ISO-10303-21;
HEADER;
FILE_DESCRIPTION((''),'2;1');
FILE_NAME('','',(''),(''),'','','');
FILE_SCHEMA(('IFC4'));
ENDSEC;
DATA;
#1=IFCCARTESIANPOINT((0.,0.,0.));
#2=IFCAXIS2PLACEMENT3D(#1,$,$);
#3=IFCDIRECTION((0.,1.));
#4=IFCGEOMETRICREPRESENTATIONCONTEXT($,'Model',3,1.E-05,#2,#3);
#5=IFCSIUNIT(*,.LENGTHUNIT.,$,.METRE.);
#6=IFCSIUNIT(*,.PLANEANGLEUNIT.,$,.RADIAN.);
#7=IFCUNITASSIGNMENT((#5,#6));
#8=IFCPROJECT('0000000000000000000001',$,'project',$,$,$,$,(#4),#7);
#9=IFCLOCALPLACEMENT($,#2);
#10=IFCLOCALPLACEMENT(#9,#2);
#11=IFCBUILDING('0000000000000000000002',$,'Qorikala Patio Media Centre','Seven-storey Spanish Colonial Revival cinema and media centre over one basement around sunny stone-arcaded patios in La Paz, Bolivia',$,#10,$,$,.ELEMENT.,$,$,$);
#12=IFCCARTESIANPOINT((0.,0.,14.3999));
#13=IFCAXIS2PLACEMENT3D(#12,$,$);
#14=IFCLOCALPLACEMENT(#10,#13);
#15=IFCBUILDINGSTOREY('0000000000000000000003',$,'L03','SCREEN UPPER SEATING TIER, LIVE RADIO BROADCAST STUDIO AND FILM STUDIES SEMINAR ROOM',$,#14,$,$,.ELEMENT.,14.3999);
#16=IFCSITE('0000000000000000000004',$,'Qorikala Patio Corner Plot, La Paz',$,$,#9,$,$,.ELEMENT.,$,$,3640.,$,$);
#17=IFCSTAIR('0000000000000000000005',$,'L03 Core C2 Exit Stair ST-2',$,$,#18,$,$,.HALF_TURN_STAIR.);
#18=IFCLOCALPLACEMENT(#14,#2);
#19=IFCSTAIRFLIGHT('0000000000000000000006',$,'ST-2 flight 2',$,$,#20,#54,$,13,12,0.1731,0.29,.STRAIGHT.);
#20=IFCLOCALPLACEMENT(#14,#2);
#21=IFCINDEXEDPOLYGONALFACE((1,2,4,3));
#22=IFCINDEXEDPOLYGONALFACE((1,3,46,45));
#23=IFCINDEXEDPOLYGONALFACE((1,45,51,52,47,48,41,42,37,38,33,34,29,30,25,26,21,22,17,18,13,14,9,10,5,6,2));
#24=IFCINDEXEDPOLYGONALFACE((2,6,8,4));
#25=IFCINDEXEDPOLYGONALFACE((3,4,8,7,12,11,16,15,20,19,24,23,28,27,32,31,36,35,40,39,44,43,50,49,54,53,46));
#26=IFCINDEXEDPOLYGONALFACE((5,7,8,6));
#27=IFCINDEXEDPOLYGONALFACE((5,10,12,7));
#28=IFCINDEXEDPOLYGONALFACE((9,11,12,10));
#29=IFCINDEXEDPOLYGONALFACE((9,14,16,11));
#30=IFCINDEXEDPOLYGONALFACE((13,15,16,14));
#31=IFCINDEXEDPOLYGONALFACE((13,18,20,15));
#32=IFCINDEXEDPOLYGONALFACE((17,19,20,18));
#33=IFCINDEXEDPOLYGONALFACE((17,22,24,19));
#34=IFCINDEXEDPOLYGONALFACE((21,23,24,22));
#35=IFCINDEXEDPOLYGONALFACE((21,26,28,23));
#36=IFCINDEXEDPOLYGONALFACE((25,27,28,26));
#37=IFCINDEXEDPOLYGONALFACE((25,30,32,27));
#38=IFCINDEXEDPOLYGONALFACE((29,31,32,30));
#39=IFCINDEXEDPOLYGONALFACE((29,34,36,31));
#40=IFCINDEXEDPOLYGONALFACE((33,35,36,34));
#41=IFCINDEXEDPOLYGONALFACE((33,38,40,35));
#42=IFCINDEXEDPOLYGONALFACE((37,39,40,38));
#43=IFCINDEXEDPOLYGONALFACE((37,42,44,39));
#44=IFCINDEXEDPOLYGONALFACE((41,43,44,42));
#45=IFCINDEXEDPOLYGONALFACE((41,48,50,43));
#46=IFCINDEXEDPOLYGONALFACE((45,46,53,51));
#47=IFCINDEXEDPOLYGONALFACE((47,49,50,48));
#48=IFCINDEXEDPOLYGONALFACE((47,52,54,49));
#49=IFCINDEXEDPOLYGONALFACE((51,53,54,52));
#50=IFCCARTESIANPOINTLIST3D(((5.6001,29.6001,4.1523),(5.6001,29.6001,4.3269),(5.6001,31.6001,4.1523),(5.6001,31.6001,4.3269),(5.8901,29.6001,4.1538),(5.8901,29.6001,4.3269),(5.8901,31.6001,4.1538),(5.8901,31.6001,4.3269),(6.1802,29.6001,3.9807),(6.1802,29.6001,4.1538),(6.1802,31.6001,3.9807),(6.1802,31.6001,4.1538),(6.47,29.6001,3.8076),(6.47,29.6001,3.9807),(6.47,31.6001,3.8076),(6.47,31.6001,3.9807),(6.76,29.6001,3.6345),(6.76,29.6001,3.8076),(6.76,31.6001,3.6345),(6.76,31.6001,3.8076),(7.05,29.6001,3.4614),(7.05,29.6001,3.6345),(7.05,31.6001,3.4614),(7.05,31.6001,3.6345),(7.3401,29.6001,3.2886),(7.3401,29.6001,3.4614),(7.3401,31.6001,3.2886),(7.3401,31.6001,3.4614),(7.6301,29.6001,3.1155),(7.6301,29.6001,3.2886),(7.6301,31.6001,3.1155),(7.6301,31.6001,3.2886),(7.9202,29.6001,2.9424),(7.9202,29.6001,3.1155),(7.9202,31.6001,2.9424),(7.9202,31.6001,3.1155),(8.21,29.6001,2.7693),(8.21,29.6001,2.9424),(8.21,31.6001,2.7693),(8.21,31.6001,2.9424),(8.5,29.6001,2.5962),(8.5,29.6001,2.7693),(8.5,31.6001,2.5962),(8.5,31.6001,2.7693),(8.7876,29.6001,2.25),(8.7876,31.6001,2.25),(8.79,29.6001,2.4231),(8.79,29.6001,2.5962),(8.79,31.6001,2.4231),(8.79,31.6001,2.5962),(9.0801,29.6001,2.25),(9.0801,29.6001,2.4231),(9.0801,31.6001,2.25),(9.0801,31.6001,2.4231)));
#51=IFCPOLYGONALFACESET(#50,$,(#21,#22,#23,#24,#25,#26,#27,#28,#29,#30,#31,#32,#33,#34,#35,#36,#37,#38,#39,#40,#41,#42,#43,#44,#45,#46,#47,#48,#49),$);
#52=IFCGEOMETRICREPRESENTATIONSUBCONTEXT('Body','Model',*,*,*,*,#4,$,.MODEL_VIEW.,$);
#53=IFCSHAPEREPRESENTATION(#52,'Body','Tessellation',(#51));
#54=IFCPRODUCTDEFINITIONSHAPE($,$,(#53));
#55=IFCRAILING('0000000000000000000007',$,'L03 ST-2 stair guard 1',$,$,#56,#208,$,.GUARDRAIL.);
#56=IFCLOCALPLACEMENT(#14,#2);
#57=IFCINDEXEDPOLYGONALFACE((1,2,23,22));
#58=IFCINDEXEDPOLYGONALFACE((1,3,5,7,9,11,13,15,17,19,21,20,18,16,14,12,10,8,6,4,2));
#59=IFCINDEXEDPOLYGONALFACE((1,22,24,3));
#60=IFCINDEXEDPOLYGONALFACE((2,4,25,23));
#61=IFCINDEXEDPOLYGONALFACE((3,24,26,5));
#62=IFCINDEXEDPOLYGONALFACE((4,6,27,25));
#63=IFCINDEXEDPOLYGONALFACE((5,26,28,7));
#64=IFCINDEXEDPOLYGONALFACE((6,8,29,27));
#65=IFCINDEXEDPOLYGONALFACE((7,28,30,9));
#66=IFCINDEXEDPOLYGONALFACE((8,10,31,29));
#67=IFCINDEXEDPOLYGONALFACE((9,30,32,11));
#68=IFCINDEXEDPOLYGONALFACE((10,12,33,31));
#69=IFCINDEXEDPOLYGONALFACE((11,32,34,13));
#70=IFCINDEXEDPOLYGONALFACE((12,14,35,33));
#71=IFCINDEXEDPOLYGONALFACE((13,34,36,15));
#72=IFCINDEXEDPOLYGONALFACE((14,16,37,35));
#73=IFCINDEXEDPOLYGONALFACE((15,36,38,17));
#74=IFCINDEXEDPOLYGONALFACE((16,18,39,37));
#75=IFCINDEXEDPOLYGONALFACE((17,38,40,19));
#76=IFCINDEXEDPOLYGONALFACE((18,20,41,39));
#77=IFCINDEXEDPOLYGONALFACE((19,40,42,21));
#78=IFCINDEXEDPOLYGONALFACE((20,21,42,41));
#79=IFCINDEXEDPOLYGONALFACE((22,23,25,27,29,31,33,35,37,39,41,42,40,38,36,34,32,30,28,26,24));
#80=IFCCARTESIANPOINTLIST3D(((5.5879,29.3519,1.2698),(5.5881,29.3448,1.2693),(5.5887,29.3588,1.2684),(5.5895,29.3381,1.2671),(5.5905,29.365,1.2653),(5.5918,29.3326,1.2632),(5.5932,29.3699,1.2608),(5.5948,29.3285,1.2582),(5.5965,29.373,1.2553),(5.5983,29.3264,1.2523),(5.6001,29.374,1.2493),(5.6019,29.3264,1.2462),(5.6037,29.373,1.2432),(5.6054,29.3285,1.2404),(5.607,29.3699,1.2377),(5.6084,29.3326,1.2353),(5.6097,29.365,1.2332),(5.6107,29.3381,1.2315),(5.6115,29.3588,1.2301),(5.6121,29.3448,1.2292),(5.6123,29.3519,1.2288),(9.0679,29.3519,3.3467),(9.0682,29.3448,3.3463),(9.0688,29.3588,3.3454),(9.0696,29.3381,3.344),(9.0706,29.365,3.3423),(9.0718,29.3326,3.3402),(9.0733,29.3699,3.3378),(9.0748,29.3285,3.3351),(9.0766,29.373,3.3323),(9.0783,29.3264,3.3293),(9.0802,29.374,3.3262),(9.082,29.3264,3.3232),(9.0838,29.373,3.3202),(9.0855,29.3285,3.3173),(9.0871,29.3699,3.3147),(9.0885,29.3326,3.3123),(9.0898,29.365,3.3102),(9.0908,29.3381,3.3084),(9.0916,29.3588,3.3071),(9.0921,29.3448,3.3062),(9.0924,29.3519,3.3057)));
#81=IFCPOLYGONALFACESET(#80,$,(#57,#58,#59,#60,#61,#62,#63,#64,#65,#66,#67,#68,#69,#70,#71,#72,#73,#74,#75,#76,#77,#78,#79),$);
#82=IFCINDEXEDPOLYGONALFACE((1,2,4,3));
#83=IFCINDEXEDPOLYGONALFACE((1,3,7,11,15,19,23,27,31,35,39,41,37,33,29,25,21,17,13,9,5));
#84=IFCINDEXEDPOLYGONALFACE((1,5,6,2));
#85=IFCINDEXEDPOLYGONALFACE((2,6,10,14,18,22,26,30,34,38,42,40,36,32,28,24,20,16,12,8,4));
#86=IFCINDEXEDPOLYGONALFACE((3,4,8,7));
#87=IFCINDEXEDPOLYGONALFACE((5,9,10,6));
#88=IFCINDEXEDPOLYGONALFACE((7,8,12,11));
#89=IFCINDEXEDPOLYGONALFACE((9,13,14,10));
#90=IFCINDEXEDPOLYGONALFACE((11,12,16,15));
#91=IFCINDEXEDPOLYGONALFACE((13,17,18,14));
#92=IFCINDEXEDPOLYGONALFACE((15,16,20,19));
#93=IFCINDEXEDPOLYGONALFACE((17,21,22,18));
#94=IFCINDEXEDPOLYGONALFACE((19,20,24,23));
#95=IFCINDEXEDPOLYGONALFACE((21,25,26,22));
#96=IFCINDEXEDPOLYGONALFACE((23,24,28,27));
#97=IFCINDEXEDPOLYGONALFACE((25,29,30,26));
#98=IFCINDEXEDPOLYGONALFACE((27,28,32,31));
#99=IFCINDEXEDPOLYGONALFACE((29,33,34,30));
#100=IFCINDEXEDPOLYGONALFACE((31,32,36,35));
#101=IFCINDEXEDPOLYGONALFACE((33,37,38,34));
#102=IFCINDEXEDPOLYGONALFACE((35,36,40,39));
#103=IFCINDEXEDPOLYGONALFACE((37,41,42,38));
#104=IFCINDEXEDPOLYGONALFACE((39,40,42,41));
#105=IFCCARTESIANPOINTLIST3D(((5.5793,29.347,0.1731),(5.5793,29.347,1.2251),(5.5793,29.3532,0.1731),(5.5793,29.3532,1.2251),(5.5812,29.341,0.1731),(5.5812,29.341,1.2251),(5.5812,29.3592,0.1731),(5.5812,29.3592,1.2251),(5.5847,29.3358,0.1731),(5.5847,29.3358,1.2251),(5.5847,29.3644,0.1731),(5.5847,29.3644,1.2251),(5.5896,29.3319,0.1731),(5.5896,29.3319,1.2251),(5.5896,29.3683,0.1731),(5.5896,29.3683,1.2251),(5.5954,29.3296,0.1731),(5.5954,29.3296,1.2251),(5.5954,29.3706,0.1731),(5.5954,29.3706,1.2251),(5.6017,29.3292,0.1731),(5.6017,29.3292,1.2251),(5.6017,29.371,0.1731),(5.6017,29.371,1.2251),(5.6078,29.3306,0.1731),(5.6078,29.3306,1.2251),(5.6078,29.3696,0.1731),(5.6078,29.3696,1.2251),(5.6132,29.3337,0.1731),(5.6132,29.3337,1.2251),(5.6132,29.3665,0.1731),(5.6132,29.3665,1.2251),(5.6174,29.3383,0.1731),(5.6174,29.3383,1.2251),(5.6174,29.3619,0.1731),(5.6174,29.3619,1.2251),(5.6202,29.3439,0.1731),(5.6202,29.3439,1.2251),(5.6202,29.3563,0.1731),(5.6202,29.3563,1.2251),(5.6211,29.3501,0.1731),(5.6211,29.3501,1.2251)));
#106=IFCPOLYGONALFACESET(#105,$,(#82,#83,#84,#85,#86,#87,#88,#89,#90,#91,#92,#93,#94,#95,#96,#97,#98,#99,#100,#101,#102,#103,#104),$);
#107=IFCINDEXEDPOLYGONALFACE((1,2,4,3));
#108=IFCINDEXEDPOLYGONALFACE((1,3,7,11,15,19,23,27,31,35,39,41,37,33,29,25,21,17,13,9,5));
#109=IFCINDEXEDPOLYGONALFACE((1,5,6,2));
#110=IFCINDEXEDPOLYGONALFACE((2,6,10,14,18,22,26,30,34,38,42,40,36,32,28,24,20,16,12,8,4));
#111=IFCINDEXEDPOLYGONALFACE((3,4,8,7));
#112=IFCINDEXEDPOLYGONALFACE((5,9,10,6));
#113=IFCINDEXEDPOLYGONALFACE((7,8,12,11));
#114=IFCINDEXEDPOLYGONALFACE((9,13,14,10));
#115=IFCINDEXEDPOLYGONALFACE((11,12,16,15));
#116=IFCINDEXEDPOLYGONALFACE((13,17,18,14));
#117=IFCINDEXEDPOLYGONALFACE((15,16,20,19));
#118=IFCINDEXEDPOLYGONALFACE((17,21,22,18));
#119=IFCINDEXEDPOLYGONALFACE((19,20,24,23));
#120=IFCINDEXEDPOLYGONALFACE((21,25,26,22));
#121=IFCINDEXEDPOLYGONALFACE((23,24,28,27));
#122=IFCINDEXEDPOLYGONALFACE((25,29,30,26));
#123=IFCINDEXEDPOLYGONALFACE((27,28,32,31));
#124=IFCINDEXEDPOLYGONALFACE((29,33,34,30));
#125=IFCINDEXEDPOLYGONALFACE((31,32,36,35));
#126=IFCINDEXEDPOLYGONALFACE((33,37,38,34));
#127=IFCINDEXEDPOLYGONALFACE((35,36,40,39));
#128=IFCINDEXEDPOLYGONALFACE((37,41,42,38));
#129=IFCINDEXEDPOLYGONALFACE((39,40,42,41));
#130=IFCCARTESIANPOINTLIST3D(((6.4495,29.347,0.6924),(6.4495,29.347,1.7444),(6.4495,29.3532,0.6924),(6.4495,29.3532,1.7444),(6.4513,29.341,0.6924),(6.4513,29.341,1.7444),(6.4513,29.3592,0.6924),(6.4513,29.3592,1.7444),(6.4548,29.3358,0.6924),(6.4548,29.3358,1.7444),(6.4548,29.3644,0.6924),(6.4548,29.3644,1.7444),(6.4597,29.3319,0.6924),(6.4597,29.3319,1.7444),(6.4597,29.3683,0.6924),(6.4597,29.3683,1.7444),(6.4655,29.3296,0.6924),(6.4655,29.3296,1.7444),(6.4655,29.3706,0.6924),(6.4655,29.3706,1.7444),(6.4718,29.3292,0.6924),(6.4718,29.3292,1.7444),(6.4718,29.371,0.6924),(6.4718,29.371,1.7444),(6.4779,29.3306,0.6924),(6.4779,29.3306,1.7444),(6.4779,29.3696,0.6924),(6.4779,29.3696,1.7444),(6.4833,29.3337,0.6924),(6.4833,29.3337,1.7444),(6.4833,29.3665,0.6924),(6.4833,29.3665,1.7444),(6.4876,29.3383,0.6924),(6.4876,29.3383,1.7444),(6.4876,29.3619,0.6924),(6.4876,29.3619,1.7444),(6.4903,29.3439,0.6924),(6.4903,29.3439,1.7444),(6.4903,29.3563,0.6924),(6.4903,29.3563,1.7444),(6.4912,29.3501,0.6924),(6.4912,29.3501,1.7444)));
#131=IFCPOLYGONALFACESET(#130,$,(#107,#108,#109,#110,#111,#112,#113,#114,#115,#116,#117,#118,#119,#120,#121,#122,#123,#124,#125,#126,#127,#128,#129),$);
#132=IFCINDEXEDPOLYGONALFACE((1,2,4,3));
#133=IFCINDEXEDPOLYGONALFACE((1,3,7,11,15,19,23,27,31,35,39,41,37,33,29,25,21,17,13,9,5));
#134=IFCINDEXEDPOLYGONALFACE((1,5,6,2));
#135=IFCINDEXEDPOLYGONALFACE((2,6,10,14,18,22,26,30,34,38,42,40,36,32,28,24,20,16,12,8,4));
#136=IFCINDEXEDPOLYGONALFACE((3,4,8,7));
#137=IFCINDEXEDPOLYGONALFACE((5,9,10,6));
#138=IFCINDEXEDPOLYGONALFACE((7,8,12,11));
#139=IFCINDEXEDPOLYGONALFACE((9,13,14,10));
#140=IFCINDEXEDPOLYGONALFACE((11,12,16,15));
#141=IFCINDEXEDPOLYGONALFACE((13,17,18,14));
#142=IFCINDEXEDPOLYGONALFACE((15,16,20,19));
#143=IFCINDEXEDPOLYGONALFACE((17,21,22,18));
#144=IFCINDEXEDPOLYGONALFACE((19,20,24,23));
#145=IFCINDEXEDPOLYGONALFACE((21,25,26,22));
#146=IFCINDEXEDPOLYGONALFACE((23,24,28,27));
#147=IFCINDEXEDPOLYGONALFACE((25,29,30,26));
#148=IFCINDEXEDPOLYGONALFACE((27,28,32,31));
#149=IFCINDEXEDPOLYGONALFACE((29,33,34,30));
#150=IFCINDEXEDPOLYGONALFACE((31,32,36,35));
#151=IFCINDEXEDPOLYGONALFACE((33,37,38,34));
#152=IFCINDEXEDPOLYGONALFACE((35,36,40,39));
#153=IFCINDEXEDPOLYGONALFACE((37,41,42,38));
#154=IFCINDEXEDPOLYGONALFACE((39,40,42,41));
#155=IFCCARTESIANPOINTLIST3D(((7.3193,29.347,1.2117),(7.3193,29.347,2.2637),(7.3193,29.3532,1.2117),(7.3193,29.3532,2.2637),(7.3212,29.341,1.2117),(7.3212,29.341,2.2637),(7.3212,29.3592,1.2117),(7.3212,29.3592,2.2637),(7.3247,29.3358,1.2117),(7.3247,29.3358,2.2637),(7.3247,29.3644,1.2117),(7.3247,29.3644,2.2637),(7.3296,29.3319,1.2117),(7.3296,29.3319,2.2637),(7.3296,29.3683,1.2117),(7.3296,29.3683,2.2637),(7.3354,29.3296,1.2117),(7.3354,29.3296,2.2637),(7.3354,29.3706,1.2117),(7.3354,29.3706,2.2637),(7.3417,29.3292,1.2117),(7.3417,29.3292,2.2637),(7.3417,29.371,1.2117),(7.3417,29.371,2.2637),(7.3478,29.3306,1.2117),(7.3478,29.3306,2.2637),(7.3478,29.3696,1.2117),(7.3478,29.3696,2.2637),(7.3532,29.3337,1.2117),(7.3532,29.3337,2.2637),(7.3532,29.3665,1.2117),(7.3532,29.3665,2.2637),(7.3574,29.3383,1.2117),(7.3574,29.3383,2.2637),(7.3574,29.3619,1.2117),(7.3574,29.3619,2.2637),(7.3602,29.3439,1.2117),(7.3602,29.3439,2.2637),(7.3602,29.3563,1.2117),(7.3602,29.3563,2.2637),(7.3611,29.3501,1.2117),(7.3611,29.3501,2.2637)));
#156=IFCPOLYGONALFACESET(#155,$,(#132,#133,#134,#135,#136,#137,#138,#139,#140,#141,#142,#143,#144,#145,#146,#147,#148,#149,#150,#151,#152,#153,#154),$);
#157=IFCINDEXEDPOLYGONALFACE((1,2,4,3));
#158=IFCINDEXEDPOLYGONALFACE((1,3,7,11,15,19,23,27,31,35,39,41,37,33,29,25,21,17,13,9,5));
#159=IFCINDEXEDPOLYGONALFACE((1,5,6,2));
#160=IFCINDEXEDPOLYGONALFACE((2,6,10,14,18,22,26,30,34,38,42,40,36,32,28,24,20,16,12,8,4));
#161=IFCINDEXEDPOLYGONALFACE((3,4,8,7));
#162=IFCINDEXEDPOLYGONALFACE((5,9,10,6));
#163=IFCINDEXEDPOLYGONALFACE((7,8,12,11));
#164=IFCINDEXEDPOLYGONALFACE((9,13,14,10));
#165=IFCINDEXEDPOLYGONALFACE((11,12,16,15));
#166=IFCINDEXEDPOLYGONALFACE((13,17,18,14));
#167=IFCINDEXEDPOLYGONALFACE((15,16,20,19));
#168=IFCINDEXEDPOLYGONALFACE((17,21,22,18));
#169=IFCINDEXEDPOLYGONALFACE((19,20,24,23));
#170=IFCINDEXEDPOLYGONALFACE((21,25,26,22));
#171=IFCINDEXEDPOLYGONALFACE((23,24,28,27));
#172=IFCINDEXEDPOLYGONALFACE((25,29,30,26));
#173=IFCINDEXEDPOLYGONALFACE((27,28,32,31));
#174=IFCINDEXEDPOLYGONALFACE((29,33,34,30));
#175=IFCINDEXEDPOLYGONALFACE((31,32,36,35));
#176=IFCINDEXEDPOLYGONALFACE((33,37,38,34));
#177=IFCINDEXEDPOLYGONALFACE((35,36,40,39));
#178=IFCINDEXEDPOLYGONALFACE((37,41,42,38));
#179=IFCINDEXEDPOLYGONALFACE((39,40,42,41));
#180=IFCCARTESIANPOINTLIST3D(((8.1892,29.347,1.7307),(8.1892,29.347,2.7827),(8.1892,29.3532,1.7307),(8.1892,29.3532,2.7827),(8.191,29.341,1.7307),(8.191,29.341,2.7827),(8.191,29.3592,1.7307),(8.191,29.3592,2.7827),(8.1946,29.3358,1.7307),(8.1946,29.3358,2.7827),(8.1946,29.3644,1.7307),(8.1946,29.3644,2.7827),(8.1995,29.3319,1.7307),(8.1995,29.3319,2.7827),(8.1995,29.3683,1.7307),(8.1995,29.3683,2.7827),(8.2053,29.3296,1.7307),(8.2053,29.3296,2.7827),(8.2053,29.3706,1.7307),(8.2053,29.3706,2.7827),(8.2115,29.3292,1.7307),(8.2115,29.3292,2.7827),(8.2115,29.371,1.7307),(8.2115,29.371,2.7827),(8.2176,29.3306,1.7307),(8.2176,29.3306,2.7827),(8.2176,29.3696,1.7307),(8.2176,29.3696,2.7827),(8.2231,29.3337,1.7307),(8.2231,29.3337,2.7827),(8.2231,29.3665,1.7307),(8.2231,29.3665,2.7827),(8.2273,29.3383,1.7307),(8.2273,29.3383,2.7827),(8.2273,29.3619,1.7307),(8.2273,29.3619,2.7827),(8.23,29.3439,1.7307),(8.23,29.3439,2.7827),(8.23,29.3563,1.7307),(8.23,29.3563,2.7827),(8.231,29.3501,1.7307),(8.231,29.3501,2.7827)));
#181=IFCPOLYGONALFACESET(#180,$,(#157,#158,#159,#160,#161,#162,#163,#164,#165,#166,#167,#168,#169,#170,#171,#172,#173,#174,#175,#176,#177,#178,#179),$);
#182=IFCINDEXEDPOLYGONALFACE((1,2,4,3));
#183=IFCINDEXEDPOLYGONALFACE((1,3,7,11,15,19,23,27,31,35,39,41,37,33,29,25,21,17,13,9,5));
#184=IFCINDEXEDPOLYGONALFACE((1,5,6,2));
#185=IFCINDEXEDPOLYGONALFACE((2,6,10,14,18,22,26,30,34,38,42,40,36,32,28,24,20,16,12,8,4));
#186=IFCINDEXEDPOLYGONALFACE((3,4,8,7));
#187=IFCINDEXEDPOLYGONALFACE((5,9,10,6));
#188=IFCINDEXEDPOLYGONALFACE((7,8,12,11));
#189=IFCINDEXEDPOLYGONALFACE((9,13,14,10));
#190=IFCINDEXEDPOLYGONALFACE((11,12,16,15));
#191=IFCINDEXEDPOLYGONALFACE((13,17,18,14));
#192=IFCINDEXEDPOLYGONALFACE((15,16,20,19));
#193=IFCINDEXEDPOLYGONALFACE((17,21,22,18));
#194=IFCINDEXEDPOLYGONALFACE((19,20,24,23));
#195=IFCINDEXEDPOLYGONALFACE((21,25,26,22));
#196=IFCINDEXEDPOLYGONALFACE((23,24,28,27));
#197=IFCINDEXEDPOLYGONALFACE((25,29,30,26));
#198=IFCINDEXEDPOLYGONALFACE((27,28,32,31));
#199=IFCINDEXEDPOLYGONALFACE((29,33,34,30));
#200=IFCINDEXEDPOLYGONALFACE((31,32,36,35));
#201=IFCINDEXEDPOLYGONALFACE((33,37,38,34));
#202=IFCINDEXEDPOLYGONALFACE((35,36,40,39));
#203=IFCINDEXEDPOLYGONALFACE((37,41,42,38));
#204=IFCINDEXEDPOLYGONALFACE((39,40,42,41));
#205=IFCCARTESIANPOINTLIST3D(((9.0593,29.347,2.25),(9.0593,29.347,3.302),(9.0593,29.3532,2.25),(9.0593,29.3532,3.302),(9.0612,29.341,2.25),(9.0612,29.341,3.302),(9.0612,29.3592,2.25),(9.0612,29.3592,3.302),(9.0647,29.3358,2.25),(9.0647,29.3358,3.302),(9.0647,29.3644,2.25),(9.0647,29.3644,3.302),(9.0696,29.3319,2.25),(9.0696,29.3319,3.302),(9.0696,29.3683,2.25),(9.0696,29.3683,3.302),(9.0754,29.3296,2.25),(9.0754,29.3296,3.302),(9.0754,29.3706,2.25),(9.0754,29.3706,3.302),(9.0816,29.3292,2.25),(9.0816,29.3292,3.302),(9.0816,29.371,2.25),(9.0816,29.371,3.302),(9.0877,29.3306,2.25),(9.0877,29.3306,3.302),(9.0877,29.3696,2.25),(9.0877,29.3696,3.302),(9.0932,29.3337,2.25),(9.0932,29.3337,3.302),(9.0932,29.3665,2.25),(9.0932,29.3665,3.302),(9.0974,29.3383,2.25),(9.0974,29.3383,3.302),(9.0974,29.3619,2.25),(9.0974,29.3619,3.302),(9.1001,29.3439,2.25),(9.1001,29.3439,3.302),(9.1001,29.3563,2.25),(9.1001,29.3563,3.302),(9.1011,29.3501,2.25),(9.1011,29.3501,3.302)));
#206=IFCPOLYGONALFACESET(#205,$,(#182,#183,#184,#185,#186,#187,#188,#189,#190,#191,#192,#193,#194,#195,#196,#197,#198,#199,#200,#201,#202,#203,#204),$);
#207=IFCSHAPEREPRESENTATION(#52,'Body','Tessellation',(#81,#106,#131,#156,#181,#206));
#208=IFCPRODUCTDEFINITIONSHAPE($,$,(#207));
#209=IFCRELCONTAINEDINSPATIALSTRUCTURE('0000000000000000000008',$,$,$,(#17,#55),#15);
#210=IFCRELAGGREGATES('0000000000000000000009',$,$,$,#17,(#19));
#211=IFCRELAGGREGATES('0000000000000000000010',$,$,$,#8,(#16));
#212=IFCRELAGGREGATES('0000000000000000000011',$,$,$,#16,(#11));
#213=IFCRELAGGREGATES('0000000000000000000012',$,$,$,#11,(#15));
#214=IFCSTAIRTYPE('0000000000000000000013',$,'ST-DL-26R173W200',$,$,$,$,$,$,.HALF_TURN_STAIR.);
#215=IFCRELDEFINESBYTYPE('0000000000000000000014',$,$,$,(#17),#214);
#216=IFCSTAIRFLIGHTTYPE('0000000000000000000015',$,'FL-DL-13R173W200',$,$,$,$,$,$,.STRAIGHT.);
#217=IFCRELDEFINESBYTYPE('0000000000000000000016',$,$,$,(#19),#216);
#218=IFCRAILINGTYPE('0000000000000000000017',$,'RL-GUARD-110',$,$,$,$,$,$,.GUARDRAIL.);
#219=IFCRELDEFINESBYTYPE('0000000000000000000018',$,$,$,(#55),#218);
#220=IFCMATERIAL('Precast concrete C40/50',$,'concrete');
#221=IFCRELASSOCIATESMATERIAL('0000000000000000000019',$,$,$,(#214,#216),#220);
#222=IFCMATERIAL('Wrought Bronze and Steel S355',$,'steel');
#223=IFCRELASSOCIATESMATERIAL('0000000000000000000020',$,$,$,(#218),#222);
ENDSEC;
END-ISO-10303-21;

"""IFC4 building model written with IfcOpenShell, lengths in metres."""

from ifc_helpers import new_model, si_unit, direction, frame, origin, origin_2d, place, context, subcontext, project, spatial, polyline, circle, outline, extrude, material, type_object, element, aggregate, save


model = new_model("IFC4")

# Units and contexts
model_context = context("Model", 3, precision=1e-05, world=origin(), true_north=direction((0.0, 1.0)))
body_context = subcontext(model_context, "Body", "Model", "MODEL_VIEW")
ifc_project = project(units=[si_unit("LENGTHUNIT", "METRE"), si_unit("PLANEANGLEUNIT", "RADIAN")], contexts=[model_context])

# Site, building, storey
site_placement = place(None, origin())
site = spatial("IfcSite", under=ifc_project, at=site_placement, Name="Qorikala Patio Corner Plot, La Paz", CompositionType="ELEMENT", RefElevation=3640.0)
building_placement = place(site_placement, origin())
building = spatial("IfcBuilding", under=site, at=building_placement, Name="Qorikala Patio Media Centre", Description="Seven-storey Spanish Colonial Revival cinema and media centre over one basement around sunny stone-arcaded patios in La Paz, Bolivia", CompositionType="ELEMENT")
storey_placement = place(building_placement, frame((0.0, 0.0, 14.3999)))
storey = spatial("IfcBuildingStorey", under=building, at=storey_placement, Name="L03", Description="SCREEN UPPER SEATING TIER, LIVE RADIO BROADCAST STUDIO AND FILM STUDIES SEMINAR ROOM", CompositionType="ELEMENT", Elevation=14.3999)

# Stair, stair flight
ifc_material_1 = material(Name="Precast concrete C40/50", Category="concrete")
stair_type = type_object("IfcStairType", Name="ST-DL-26R173W200", PredefinedType="HALF_TURN_STAIR", material=ifc_material_1)
stair_placement = place(storey_placement, origin())
stair = element("IfcStair", 1, at=stair_placement, inside=storey, type_object=stair_type, Name="L03 Core C2 Exit Stair ST-2", PredefinedType="HALF_TURN_STAIR")
stair_flight_type = type_object("IfcStairFlightType", Name="FL-DL-13R173W200", PredefinedType="STRAIGHT", material=ifc_material_1)
stair_flight_1_placement = place(storey_placement, frame((9.0801, 30.6001, 2.25), z_axis=(0.0, 0.0, 1.0), x_axis=(-1.0, 0.0, 0.0)))
stair_flight_1 = element("IfcStairFlight", 2, at=stair_flight_1_placement, type_object=stair_flight_type, Name="ST-2 flight 2", NumberOfRisers=13, NumberOfTreads=12, PredefinedType="STRAIGHT", RiserHeight=0.1731, TreadLength=0.29, context=body_context, shape_type="SweptSolid", body=[
    extrude(outline(polyline([(0.0, 0.0), (0.0, 0.1731), (0.29, 0.1731), (0.29, 0.3462), (0.5801, 0.3462), (0.5801, 0.5193), (0.8701, 0.5193), (0.8701, 0.6924), (1.1599, 0.6924), (1.1599, 0.8655), (1.45, 0.8655), (1.45, 1.0386), (1.74, 1.0386), (1.74, 1.2114), (2.03, 1.2114), (2.03, 1.3845), (2.3201, 1.3845), (2.3201, 1.5576), (2.6101, 1.5576), (2.6101, 1.7307), (2.8999, 1.7307), (2.8999, 1.9038), (3.1899, 1.9038), (3.1899, 2.0769), (3.48, 2.0769), (3.48, 2.25), (3.48, 1.9023), (0.2925, 0.0), (0.0, 0.0)])), frame((0.0, 1.0, 0.0), z_axis=(0.0, -1.0, 0.0), x_axis=(1.0, 0.0, 0.0)), (0.0, 0.0, 1.0), 2.0),
])
aggregate(stair, [stair_flight_1])

# Railing
ifc_material_2 = material(Name="Wrought Bronze and Steel S355", Category="steel")
railing_type_1 = type_object("IfcRailingType", Name="RL-GUARD-110", PredefinedType="GUARDRAIL", material=ifc_material_2)
railing_1_placement = place(storey_placement, frame((5.6001, 29.3501, 0.1731)))
element("IfcRailing", 3, at=railing_1_placement, inside=storey, type_object=railing_type_1, Name="L03 ST-2 stair guard 1", PredefinedType="GUARDRAIL", context=body_context, shape_type="SweptSolid", body=[
    extrude(circle(Radius=0.0239, at=origin_2d()), frame((0.0, 0.0, 1.0762), z_axis=(0.858697, 0.0, 0.512483), x_axis=(0.0, 1.0, 0.0)), (0.0, 0.0, 1.0), 4.0527),
    extrude(circle(Radius=0.021, at=origin_2d()), origin(), (0.0, 0.0, 1.0), 1.052),
    extrude(circle(Radius=0.021, at=origin_2d()), frame((0.8701, 0.0, 0.5193)), (0.0, 0.0, 1.0), 1.052),
    extrude(circle(Radius=0.021, at=origin_2d()), frame((1.74, 0.0, 1.0386)), (0.0, 0.0, 1.0), 1.052),
    extrude(circle(Radius=0.021, at=origin_2d()), frame((2.6099, 0.0, 1.5576)), (0.0, 0.0, 1.0), 1.052),
    extrude(circle(Radius=0.021, at=origin_2d()), frame((3.48, 0.0, 2.0769)), (0.0, 0.0, 1.0), 1.052),
])

save(model, "model.ifc")
